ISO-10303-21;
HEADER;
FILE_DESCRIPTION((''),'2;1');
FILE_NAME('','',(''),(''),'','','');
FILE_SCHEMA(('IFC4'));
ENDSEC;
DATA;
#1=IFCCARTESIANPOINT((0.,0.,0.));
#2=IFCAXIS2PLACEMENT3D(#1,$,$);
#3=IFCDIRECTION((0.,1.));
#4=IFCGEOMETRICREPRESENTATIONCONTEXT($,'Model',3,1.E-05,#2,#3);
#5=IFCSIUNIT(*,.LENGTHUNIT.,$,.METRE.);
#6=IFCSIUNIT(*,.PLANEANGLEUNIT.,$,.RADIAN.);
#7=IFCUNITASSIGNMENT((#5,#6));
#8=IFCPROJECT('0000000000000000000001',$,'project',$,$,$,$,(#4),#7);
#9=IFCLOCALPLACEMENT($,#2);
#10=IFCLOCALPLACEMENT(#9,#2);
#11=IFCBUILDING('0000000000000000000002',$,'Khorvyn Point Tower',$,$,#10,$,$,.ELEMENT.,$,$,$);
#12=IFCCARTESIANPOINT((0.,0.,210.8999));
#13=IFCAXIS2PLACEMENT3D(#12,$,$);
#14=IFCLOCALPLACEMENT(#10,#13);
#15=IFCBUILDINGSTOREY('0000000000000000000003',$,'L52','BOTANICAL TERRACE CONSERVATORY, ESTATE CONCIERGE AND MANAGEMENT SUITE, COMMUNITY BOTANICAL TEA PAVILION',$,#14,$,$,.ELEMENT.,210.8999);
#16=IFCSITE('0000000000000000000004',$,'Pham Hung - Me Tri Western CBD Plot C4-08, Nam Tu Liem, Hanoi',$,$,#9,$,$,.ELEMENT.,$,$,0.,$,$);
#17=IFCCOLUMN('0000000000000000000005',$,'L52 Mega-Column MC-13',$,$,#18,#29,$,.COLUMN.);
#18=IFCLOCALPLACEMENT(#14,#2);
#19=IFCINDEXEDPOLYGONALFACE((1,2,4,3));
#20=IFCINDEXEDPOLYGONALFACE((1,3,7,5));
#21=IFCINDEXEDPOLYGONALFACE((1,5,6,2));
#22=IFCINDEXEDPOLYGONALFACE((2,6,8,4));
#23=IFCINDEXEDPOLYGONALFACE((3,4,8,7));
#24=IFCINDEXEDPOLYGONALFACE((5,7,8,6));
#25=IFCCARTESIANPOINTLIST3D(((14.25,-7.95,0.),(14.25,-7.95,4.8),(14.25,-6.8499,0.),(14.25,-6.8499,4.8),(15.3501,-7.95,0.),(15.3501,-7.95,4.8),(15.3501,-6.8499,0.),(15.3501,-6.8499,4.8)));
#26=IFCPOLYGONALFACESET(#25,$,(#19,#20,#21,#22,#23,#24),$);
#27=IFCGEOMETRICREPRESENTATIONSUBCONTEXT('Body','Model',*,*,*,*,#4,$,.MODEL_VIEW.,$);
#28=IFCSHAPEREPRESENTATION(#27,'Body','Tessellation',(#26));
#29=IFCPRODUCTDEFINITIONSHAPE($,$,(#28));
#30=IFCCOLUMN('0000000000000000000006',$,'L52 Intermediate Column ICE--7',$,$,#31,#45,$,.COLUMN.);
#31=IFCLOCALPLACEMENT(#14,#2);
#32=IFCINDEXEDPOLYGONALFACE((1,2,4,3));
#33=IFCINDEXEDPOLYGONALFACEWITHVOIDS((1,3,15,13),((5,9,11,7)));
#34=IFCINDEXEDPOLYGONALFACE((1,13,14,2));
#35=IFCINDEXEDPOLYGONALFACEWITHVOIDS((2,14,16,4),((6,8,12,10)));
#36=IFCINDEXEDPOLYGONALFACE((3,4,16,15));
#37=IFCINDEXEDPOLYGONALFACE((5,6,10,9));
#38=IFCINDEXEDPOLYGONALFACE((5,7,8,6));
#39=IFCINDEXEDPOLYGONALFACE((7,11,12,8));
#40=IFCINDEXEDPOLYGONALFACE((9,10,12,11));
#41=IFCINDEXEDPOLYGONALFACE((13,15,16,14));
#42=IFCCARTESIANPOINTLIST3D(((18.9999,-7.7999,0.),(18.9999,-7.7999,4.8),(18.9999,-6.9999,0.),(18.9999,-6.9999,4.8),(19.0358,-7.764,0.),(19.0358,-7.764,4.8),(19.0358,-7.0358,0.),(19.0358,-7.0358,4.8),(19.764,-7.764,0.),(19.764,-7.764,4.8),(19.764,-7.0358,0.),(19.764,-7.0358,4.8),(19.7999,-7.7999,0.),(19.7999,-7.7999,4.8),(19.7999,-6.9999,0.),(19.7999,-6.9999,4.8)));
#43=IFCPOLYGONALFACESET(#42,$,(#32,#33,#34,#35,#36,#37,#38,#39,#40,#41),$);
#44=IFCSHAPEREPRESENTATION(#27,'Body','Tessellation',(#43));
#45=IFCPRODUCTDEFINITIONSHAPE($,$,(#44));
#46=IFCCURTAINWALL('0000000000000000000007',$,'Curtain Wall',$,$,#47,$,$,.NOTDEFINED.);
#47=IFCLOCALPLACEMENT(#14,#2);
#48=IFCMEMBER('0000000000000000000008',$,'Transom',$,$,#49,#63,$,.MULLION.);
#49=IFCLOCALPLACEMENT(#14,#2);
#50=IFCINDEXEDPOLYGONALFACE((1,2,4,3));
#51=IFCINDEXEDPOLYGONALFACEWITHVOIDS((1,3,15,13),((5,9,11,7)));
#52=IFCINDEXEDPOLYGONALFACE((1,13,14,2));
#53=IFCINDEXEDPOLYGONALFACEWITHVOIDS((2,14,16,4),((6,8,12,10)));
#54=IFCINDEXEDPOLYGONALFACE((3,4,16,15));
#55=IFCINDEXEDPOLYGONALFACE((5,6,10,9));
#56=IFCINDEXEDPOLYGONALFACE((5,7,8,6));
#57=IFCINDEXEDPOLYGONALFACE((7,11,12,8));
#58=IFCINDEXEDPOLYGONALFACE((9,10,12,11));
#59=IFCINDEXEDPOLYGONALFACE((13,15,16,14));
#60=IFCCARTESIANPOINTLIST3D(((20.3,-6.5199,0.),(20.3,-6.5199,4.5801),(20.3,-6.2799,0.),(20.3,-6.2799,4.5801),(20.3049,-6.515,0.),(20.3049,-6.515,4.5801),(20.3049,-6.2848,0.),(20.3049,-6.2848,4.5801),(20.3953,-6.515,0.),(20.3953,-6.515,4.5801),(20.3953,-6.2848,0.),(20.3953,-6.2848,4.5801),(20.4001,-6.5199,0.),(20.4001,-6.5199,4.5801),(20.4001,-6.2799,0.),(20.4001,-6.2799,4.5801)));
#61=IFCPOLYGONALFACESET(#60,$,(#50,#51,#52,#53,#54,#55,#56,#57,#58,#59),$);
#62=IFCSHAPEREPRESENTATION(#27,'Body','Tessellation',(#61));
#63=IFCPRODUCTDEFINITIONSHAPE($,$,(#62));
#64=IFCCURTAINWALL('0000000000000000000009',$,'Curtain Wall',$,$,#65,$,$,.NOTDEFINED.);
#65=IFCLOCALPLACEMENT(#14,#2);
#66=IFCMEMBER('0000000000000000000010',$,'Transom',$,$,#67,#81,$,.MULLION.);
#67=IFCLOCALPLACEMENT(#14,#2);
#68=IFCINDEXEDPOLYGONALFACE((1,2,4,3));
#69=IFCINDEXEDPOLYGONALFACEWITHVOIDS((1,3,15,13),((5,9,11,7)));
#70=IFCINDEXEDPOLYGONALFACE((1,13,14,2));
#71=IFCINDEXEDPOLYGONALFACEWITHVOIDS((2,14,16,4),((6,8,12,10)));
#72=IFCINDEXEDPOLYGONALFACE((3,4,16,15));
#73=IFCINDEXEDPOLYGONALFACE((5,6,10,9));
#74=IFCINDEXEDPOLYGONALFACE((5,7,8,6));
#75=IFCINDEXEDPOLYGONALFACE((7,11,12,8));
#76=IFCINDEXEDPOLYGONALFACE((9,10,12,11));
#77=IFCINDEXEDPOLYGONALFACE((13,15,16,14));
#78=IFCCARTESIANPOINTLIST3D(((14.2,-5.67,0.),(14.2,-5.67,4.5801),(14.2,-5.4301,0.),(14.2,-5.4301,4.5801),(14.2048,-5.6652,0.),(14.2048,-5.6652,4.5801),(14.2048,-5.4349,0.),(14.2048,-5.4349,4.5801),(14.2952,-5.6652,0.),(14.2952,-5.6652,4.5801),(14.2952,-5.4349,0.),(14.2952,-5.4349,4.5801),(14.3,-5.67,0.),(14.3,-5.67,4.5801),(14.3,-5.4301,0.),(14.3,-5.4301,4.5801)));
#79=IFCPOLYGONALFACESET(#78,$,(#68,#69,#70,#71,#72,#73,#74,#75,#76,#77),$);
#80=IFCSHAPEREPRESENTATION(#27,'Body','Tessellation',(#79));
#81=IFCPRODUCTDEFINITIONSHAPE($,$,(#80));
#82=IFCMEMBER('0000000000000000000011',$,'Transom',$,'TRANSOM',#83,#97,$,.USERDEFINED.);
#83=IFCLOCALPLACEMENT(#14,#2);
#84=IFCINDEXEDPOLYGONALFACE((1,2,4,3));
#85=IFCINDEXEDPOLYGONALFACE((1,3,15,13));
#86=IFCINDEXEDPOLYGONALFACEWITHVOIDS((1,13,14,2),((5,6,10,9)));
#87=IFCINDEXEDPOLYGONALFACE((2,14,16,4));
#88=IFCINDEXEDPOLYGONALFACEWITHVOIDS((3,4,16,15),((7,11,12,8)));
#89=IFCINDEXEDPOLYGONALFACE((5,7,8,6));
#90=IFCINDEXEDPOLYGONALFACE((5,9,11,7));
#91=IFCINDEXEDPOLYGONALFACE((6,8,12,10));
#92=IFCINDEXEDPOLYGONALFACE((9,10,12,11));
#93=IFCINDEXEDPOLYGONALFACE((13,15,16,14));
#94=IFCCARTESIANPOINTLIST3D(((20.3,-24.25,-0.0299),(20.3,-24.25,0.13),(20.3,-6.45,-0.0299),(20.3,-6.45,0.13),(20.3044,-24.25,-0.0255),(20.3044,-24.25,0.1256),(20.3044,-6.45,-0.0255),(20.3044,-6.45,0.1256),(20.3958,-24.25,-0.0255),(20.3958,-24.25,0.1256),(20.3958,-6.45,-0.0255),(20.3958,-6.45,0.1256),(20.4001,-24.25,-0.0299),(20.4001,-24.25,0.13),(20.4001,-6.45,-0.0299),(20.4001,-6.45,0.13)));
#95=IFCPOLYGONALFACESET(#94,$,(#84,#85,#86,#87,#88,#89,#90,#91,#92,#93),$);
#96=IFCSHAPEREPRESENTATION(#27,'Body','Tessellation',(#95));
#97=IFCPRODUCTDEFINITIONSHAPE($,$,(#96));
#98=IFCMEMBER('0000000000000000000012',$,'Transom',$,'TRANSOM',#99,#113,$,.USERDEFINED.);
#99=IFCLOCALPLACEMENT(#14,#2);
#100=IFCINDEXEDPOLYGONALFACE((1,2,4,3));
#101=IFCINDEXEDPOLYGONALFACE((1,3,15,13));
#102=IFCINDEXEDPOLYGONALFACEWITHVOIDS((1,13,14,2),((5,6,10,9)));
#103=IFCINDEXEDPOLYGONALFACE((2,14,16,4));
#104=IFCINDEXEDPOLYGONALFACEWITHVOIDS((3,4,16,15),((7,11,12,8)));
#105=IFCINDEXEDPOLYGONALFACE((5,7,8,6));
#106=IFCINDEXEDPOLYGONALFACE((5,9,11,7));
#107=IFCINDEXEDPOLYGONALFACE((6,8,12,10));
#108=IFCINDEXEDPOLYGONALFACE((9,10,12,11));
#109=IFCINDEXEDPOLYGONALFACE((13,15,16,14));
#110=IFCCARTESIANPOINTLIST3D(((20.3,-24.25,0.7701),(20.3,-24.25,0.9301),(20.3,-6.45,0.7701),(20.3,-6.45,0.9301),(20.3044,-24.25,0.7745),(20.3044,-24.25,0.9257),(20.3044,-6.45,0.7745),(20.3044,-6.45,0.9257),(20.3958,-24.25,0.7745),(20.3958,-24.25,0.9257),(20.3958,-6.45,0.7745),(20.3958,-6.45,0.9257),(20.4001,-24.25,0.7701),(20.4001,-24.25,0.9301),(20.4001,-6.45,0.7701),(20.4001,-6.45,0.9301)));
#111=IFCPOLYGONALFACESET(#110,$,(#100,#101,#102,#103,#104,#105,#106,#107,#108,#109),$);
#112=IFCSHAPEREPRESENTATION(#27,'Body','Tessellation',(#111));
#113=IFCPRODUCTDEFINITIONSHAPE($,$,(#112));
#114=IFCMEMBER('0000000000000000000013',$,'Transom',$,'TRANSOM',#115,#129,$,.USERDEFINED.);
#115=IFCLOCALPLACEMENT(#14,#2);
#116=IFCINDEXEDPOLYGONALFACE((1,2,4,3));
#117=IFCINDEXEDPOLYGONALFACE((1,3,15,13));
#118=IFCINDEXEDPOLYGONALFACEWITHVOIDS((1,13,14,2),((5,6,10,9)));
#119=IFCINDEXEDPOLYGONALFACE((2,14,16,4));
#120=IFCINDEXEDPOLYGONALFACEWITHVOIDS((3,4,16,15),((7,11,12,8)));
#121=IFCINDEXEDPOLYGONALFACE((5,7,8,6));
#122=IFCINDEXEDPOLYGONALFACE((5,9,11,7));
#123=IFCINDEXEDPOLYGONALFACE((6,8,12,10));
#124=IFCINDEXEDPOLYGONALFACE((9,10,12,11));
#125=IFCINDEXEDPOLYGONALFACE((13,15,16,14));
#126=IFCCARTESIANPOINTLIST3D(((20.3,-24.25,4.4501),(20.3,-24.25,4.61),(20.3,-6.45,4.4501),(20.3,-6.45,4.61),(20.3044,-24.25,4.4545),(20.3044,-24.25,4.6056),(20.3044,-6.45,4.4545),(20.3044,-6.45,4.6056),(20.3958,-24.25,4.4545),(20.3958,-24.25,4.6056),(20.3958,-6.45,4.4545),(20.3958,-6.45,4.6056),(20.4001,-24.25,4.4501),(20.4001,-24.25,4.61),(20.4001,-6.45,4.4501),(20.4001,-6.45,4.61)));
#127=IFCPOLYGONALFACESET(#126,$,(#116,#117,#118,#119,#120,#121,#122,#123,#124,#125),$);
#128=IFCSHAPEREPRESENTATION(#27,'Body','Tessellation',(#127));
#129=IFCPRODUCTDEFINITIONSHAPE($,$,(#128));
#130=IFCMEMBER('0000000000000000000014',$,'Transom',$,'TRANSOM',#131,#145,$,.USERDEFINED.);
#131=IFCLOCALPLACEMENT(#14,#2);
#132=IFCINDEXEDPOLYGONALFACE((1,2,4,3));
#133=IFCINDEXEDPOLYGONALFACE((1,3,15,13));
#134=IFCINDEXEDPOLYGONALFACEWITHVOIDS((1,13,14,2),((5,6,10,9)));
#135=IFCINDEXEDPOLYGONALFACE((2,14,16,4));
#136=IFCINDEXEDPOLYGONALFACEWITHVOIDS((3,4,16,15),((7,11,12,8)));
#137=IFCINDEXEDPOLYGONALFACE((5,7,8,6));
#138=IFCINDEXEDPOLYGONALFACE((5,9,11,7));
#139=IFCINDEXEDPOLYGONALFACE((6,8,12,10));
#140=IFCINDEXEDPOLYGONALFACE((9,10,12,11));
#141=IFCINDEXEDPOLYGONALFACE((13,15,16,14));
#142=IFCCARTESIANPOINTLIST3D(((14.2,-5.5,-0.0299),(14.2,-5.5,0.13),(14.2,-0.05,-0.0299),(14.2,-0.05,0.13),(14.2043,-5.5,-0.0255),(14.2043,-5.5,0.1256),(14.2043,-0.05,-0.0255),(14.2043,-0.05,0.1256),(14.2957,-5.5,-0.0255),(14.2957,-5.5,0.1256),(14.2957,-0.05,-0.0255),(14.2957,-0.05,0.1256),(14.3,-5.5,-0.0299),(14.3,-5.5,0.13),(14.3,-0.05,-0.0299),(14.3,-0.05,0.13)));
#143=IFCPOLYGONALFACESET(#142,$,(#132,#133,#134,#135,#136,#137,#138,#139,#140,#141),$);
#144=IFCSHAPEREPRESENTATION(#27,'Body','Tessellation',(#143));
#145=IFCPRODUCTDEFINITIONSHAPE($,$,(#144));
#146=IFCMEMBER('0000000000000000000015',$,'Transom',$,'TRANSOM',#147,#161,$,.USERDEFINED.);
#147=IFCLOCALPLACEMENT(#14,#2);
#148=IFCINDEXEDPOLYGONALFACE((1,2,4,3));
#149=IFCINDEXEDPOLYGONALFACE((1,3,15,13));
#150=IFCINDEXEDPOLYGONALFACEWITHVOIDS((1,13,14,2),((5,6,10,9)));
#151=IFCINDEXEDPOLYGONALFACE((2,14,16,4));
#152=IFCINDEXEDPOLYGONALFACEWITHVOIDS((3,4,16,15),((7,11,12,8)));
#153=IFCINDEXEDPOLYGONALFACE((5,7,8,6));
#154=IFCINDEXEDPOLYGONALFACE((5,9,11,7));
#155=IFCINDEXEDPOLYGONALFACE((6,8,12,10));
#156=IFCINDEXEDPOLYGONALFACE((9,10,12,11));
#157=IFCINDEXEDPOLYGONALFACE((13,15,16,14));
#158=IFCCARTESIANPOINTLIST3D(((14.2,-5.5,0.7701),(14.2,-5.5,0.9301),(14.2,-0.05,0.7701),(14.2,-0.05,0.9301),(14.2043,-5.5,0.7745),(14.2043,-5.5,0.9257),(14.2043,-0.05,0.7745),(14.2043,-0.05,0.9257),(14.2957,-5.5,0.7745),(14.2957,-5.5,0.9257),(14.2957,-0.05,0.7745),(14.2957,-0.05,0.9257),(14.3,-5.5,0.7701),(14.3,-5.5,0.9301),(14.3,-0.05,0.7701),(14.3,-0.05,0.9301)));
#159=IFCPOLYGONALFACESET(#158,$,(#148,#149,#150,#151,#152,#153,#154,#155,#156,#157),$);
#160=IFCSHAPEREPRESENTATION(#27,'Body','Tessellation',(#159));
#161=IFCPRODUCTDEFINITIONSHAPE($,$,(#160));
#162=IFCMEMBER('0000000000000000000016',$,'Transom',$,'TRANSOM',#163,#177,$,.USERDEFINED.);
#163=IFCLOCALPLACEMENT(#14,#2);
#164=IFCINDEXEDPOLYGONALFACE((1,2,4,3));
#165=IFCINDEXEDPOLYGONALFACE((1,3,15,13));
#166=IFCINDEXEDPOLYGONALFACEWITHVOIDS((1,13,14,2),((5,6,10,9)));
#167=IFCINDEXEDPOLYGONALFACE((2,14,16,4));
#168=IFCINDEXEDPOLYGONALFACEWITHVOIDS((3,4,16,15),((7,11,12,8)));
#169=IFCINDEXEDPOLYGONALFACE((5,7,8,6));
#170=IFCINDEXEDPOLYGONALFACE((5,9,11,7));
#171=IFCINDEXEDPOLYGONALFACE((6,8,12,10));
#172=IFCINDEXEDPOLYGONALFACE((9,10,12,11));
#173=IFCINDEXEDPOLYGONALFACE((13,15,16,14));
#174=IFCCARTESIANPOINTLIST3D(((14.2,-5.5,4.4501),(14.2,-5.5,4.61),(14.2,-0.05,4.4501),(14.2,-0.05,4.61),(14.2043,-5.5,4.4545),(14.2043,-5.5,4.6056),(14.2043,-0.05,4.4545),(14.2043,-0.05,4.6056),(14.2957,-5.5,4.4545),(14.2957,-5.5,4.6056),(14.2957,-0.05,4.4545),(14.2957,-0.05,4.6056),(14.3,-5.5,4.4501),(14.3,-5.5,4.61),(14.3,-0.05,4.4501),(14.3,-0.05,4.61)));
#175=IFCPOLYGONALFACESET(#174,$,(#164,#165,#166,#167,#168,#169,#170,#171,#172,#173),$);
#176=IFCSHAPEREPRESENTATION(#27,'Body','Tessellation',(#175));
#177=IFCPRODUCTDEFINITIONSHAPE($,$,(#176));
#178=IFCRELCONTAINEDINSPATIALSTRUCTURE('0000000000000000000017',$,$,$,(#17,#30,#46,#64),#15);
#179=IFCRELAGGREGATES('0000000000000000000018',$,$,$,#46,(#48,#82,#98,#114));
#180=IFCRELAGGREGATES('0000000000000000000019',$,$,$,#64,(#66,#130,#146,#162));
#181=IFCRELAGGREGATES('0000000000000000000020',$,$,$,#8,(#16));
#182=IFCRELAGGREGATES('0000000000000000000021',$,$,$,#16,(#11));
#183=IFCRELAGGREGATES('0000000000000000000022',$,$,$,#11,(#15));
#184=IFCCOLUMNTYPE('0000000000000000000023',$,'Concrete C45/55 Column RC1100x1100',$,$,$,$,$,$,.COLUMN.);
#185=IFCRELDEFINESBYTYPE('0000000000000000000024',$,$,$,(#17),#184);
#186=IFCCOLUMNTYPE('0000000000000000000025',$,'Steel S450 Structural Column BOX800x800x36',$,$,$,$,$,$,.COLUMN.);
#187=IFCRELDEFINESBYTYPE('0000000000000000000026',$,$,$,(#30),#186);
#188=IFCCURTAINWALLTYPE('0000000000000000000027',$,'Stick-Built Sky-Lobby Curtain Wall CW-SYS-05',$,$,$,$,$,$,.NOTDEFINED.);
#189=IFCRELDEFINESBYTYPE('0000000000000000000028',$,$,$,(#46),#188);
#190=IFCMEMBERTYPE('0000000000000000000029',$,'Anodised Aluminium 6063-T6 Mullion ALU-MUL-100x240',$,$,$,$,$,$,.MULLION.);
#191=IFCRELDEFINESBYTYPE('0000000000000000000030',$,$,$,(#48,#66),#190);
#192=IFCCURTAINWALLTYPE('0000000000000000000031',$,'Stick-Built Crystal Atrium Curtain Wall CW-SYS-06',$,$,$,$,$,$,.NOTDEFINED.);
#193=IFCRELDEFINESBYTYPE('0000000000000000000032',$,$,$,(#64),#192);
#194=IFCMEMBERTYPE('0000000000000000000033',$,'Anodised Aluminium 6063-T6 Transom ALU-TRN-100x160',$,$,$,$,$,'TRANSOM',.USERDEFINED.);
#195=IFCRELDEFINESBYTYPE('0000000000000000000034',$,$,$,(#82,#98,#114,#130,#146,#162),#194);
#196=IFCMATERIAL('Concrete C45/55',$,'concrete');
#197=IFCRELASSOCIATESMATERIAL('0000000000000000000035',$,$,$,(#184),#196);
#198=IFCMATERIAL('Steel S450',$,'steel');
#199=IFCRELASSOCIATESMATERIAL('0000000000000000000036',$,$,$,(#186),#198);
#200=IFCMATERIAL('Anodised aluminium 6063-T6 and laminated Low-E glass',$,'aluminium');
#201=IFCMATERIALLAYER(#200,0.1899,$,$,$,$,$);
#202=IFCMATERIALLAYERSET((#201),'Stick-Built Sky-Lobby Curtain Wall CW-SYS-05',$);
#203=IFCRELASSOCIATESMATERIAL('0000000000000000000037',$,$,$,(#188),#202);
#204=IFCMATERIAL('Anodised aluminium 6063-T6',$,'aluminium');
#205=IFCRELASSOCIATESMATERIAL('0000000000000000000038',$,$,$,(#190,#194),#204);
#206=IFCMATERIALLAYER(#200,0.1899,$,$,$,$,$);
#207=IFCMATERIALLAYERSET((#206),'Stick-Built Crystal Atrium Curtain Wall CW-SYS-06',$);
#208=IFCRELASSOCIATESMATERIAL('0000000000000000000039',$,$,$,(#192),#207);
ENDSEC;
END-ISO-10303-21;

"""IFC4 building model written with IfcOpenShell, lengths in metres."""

from ifc_helpers import new_model, si_unit, direction, frame, origin, origin_2d, place, context, subcontext, project, spatial, rectangle, hollow_rectangle, extrude, material, layer, layer_set, material_profile, profile_set, type_object, element, aggregate, save


model = new_model("IFC4")

# Units and contexts
model_context = context("Model", 3, precision=1e-05, world=origin(), true_north=direction((0.0, 1.0)))
body_context = subcontext(model_context, "Body", "Model", "MODEL_VIEW")
ifc_project = project(units=[si_unit("LENGTHUNIT", "METRE"), si_unit("PLANEANGLEUNIT", "RADIAN")], contexts=[model_context])

# Site, building, storey
site_placement = place(None, origin())
site = spatial("IfcSite", under=ifc_project, at=site_placement, Name="Pham Hung - Me Tri Western CBD Plot C4-08, Nam Tu Liem, Hanoi", CompositionType="ELEMENT", RefElevation=0.0)
building_placement = place(site_placement, origin())
building = spatial("IfcBuilding", under=site, at=building_placement, Name="Khorvyn Point Tower", CompositionType="ELEMENT")
storey_placement = place(building_placement, frame((0.0, 0.0, 210.8999)))
storey = spatial("IfcBuildingStorey", under=building, at=storey_placement, Name="L52", Description="BOTANICAL TERRACE CONSERVATORY, ESTATE CONCIERGE AND MANAGEMENT SUITE, COMMUNITY BOTANICAL TEA PAVILION", CompositionType="ELEMENT", Elevation=210.8999)

# Columns
ifc_material_1 = material(Name="Concrete C45/55", Category="concrete")
ifc_material_profile_1 = material_profile(ifc_material_1, rectangle(XDim=1.1001, YDim=1.1001, at=origin_2d()))
ifc_profile_set_1 = profile_set([ifc_material_profile_1], Name="Concrete C45/55 RC1100x1100")
column_type_1 = type_object("IfcColumnType", Name="Concrete C45/55 Column RC1100x1100", PredefinedType="COLUMN", material=ifc_profile_set_1)
column_1_placement = place(storey_placement, frame((14.8, -7.3999, 0.0), z_axis=(0.0, 0.0, 1.0), x_axis=(1.0, 0.0, 0.0)))
element("IfcColumn", 1, at=column_1_placement, inside=storey, type_object=column_type_1, Name="L52 Mega-Column MC-13", PredefinedType="COLUMN", context=body_context, shape_type="SweptSolid", body=[
    extrude(rectangle(XDim=1.1001, YDim=1.1001, at=origin_2d()), origin(), (0.0, 0.0, 1.0), 4.8),
])
ifc_material_2 = material(Name="Steel S450", Category="steel")
ifc_material_profile_2 = material_profile(ifc_material_2, hollow_rectangle(XDim=0.8, YDim=0.8, WallThickness=0.0359, at=origin_2d()))
ifc_profile_set_2 = profile_set([ifc_material_profile_2], Name="Steel S450 BOX800x800x36")
column_type_2 = type_object("IfcColumnType", Name="Steel S450 Structural Column BOX800x800x36", PredefinedType="COLUMN", material=ifc_profile_set_2)
column_2_placement = place(storey_placement, frame((19.3999, -7.3999, 0.0), z_axis=(0.0, 0.0, 1.0), x_axis=(1.0, 0.0, 0.0)))
element("IfcColumn", 2, at=column_2_placement, inside=storey, type_object=column_type_2, Name="L52 Intermediate Column ICE--7", PredefinedType="COLUMN", context=body_context, shape_type="SweptSolid", body=[
    extrude(hollow_rectangle(XDim=0.8, YDim=0.8, WallThickness=0.0359, at=origin_2d()), origin(), (0.0, 0.0, 1.0), 4.8),
])

# Curtain walls, members
ifc_material_3 = material(Name="Anodised aluminium 6063-T6 and laminated Low-E glass", Category="aluminium")
ifc_layer_1 = layer(ifc_material_3, 0.1899)
ifc_layer_set_1 = layer_set([ifc_layer_1], Name="Stick-Built Sky-Lobby Curtain Wall CW-SYS-05")
curtain_wall_type_1 = type_object("IfcCurtainWallType", Name="Stick-Built Sky-Lobby Curtain Wall CW-SYS-05", PredefinedType="NOTDEFINED", material=ifc_layer_set_1)
curtain_wall_1_placement = place(storey_placement, origin())
curtain_wall_1 = element("IfcCurtainWall", 3, at=curtain_wall_1_placement, inside=storey, type_object=curtain_wall_type_1, Name="Curtain Wall", PredefinedType="NOTDEFINED")
ifc_material_4 = material(Name="Anodised aluminium 6063-T6", Category="aluminium")
ifc_material_profile_3 = material_profile(ifc_material_4, hollow_rectangle(XDim=0.1001, YDim=0.24, WallThickness=0.0049, at=origin_2d()))
ifc_profile_set_3 = profile_set([ifc_material_profile_3], Name="Anodised aluminium 6063-T6 ALU-MUL-100x240")
member_type_1 = type_object("IfcMemberType", Name="Anodised Aluminium 6063-T6 Mullion ALU-MUL-100x240", PredefinedType="MULLION", material=ifc_profile_set_3)
member_1_placement = place(storey_placement, frame((20.3501, -6.3999, 0.0), z_axis=(0.0, 0.0, 1.0), x_axis=(1.0, 0.0, 0.0)))
member_1 = element("IfcMember", 4, at=member_1_placement, type_object=member_type_1, Name="Transom", PredefinedType="MULLION", context=body_context, shape_type="SweptSolid", body=[
    extrude(hollow_rectangle(XDim=0.1001, YDim=0.24, WallThickness=0.0049, at=origin_2d()), origin(), (0.0, 0.0, 1.0), 4.5801),
])
ifc_layer_2 = layer(ifc_material_3, 0.1899)
ifc_layer_set_2 = layer_set([ifc_layer_2], Name="Stick-Built Crystal Atrium Curtain Wall CW-SYS-06")
curtain_wall_type_2 = type_object("IfcCurtainWallType", Name="Stick-Built Crystal Atrium Curtain Wall CW-SYS-06", PredefinedType="NOTDEFINED", material=ifc_layer_set_2)
curtain_wall_2_placement = place(storey_placement, origin())
curtain_wall_2 = element("IfcCurtainWall", 5, at=curtain_wall_2_placement, inside=storey, type_object=curtain_wall_type_2, Name="Curtain Wall", PredefinedType="NOTDEFINED")
member_2_placement = place(storey_placement, frame((14.25, -5.55, 0.0), z_axis=(0.0, 0.0, 1.0), x_axis=(-1.0, 0.0, 0.0)))
member_2 = element("IfcMember", 6, at=member_2_placement, type_object=member_type_1, Name="Transom", PredefinedType="MULLION", context=body_context, shape_type="SweptSolid", body=[
    extrude(hollow_rectangle(XDim=0.1001, YDim=0.24, WallThickness=0.0049, at=origin_2d()), origin(), (0.0, 0.0, 1.0), 4.5801),
])

# Members
ifc_material_profile_4 = material_profile(ifc_material_4, hollow_rectangle(XDim=0.1001, YDim=0.1599, WallThickness=0.0044, at=origin_2d()))
ifc_profile_set_4 = profile_set([ifc_material_profile_4], Name="Anodised aluminium 6063-T6 ALU-TRN-100x160")
member_type_2 = type_object("IfcMemberType", Name="Anodised Aluminium 6063-T6 Transom ALU-TRN-100x160", ElementType="TRANSOM", PredefinedType="USERDEFINED", material=ifc_profile_set_4)
member_3_placement = place(storey_placement, frame((20.3501, -6.45, 0.05), z_axis=(0.0, -1.0, 0.0), x_axis=(1.0, 0.0, 0.0)))
member_3 = element("IfcMember", 7, at=member_3_placement, type_object=member_type_2, Name="Transom", ObjectType="TRANSOM", PredefinedType="USERDEFINED", context=body_context, shape_type="SweptSolid", body=[
    extrude(hollow_rectangle(XDim=0.1001, YDim=0.1599, WallThickness=0.0044, at=origin_2d()), origin(), (0.0, 0.0, 1.0), 17.8),
])
member_4_placement = place(storey_placement, frame((20.3501, -6.45, 0.8501), z_axis=(0.0, -1.0, 0.0), x_axis=(1.0, 0.0, 0.0)))
member_4 = element("IfcMember", 8, at=member_4_placement, type_object=member_type_2, Name="Transom", ObjectType="TRANSOM", PredefinedType="USERDEFINED", context=body_context, shape_type="SweptSolid", body=[
    extrude(hollow_rectangle(XDim=0.1001, YDim=0.1599, WallThickness=0.0044, at=origin_2d()), origin(), (0.0, 0.0, 1.0), 17.8),
])
member_5_placement = place(storey_placement, frame((20.3501, -6.45, 4.53), z_axis=(0.0, -1.0, 0.0), x_axis=(1.0, 0.0, 0.0)))
member_5 = element("IfcMember", 9, at=member_5_placement, type_object=member_type_2, Name="Transom", ObjectType="TRANSOM", PredefinedType="USERDEFINED", context=body_context, shape_type="SweptSolid", body=[
    extrude(hollow_rectangle(XDim=0.1001, YDim=0.1599, WallThickness=0.0044, at=origin_2d()), origin(), (0.0, 0.0, 1.0), 17.8),
])
aggregate(curtain_wall_1, [member_1, member_3, member_4, member_5])
member_6_placement = place(storey_placement, frame((14.25, -5.5, 0.05), z_axis=(0.0, 1.0, 0.0), x_axis=(-1.0, 0.0, 0.0)))
member_6 = element("IfcMember", 10, at=member_6_placement, type_object=member_type_2, Name="Transom", ObjectType="TRANSOM", PredefinedType="USERDEFINED", context=body_context, shape_type="SweptSolid", body=[
    extrude(hollow_rectangle(XDim=0.1001, YDim=0.1599, WallThickness=0.0044, at=origin_2d()), origin(), (0.0, 0.0, 1.0), 5.45),
])
member_7_placement = place(storey_placement, frame((14.25, -5.5, 0.8501), z_axis=(0.0, 1.0, 0.0), x_axis=(-1.0, 0.0, 0.0)))
member_7 = element("IfcMember", 11, at=member_7_placement, type_object=member_type_2, Name="Transom", ObjectType="TRANSOM", PredefinedType="USERDEFINED", context=body_context, shape_type="SweptSolid", body=[
    extrude(hollow_rectangle(XDim=0.1001, YDim=0.1599, WallThickness=0.0044, at=origin_2d()), origin(), (0.0, 0.0, 1.0), 5.45),
])
member_8_placement = place(storey_placement, frame((14.25, -5.5, 4.53), z_axis=(0.0, 1.0, 0.0), x_axis=(-1.0, 0.0, 0.0)))
member_8 = element("IfcMember", 12, at=member_8_placement, type_object=member_type_2, Name="Transom", ObjectType="TRANSOM", PredefinedType="USERDEFINED", context=body_context, shape_type="SweptSolid", body=[
    extrude(hollow_rectangle(XDim=0.1001, YDim=0.1599, WallThickness=0.0044, at=origin_2d()), origin(), (0.0, 0.0, 1.0), 5.45),
])
aggregate(curtain_wall_2, [member_2, member_6, member_7, member_8])

save(model, "model.ifc")
